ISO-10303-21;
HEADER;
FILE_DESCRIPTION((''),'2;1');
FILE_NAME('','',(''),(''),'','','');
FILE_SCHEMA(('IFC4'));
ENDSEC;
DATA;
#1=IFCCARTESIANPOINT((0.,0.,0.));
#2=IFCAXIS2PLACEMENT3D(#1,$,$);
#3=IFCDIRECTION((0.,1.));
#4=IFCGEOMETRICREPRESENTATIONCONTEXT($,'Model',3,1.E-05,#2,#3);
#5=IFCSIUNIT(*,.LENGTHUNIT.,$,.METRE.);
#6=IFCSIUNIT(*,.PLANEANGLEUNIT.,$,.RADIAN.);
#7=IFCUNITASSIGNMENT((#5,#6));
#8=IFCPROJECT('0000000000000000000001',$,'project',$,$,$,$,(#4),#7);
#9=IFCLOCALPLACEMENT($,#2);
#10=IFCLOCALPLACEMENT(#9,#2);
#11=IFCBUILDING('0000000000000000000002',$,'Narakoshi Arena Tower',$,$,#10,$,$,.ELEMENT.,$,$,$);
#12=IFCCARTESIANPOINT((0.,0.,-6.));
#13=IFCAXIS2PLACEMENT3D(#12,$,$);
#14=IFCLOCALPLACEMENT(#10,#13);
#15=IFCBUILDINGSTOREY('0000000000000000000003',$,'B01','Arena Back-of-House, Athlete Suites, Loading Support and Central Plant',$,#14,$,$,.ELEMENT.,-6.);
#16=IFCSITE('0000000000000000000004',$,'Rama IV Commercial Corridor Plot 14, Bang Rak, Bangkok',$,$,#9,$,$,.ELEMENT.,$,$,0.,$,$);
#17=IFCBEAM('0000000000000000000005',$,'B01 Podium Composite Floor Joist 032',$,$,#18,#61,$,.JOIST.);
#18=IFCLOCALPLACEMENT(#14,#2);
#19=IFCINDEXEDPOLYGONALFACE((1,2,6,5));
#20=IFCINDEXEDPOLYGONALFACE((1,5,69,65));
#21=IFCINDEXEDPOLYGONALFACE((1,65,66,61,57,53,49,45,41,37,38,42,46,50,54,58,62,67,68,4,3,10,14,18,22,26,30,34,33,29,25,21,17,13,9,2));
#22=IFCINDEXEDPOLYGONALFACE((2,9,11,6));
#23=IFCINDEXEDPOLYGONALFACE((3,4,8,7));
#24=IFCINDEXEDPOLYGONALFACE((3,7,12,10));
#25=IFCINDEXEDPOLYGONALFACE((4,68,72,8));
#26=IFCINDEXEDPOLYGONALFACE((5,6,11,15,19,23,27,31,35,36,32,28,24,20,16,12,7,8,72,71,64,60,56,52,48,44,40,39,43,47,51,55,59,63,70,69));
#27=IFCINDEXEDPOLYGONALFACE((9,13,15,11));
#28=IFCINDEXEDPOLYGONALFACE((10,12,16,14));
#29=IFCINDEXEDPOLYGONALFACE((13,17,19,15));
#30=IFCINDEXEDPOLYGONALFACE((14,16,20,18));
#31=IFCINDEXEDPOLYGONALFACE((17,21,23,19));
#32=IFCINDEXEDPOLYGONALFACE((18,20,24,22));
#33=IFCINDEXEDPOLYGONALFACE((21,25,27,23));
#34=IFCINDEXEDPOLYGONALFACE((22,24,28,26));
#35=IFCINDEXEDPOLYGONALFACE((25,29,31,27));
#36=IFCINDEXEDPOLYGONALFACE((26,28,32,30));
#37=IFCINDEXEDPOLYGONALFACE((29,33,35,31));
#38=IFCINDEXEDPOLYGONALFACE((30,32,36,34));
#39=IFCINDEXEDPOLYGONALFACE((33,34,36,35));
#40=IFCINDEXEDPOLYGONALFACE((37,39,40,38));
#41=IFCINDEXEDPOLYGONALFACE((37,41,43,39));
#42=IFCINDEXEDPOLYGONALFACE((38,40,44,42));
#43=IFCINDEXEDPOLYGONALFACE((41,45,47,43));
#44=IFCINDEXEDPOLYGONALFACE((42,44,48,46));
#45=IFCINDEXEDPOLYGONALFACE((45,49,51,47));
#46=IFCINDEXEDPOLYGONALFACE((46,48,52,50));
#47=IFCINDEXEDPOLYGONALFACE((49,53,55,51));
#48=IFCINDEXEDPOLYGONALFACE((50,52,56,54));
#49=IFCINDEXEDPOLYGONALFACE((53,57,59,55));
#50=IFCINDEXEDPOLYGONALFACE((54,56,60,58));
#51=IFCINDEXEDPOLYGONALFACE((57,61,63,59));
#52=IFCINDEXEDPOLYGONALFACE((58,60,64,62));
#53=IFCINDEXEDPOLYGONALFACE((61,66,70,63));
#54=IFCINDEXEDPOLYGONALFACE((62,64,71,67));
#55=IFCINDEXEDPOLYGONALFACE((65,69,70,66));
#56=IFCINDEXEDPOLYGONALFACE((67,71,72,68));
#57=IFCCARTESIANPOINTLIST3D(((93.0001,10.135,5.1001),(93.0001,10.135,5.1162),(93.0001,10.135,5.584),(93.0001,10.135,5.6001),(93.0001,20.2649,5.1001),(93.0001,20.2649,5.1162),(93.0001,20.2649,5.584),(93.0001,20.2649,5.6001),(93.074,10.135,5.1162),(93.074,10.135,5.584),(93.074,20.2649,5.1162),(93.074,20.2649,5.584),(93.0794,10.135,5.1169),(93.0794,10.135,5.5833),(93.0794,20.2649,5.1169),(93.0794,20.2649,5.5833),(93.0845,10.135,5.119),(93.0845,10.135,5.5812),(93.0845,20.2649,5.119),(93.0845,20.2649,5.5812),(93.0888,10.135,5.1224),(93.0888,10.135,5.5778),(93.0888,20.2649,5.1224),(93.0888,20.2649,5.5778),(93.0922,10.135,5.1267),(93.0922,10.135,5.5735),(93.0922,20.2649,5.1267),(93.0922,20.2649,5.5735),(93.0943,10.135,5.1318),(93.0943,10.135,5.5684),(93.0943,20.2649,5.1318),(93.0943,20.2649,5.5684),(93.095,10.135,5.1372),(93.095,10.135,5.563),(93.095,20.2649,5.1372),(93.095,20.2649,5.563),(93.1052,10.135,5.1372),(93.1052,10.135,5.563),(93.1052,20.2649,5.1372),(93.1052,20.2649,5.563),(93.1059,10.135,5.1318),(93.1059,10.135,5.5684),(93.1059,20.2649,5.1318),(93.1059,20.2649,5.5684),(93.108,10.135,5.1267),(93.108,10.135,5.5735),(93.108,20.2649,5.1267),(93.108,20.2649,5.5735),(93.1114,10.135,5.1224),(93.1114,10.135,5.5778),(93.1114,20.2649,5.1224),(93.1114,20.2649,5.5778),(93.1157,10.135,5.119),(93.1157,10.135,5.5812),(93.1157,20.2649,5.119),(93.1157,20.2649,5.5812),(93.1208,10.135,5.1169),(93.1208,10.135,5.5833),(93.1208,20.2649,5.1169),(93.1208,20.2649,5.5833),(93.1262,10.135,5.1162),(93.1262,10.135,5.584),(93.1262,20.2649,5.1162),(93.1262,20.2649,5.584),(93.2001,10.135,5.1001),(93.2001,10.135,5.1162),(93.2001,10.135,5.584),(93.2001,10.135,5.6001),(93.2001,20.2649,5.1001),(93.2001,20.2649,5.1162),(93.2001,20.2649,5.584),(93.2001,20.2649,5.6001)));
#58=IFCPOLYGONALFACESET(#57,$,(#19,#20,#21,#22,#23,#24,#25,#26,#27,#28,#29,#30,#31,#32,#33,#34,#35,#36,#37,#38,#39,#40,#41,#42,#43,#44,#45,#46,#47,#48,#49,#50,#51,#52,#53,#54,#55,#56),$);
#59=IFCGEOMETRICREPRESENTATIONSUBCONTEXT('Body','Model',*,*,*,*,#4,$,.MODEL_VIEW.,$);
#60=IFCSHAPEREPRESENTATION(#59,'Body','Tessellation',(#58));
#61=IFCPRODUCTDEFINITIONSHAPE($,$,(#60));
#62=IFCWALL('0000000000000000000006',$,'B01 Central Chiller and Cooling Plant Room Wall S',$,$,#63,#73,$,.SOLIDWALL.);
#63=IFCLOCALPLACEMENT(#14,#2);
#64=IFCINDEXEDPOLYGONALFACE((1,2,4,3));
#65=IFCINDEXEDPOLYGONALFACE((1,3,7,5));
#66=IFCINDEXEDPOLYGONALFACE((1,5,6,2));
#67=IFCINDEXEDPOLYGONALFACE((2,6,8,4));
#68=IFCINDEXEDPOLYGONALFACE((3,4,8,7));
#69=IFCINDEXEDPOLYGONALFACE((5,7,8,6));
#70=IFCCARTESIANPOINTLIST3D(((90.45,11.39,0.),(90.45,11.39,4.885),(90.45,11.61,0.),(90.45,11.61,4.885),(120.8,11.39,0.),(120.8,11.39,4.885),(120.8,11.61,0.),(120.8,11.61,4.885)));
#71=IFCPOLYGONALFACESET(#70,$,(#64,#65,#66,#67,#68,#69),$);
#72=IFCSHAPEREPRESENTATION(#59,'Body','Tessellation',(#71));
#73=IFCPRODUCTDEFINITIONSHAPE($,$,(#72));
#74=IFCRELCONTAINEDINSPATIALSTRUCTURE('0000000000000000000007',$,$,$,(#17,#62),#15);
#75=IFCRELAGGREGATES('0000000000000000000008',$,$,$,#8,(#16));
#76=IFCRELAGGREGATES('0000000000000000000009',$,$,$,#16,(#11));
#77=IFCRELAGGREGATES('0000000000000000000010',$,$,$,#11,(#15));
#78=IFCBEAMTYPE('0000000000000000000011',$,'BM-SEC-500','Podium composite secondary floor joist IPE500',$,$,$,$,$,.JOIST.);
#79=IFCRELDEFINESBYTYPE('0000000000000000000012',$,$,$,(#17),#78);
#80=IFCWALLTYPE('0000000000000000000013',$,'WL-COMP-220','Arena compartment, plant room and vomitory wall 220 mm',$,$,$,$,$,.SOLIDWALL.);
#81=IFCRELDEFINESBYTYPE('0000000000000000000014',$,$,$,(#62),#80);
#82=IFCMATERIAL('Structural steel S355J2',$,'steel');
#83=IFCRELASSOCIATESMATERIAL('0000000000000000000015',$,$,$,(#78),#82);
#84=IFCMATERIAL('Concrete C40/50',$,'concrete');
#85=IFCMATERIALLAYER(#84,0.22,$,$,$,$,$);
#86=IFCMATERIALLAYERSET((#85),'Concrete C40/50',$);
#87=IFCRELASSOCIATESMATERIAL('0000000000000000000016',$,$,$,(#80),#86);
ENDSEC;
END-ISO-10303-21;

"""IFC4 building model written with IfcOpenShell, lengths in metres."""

from ifc_helpers import new_model, si_unit, direction, frame, frame_2d, origin, origin_2d, place, context, subcontext, project, spatial, rectangle, i_section, extrude, material, layer, layer_set, material_profile, profile_set, type_object, element, save


model = new_model("IFC4")

# Units and contexts
model_context = context("Model", 3, precision=1e-05, world=origin(), true_north=direction((0.0, 1.0)))
body_context = subcontext(model_context, "Body", "Model", "MODEL_VIEW")
ifc_project = project(units=[si_unit("LENGTHUNIT", "METRE"), si_unit("PLANEANGLEUNIT", "RADIAN")], contexts=[model_context])

# Site, building, storey
site_placement = place(None, origin())
site = spatial("IfcSite", under=ifc_project, at=site_placement, Name="Rama IV Commercial Corridor Plot 14, Bang Rak, Bangkok", CompositionType="ELEMENT", RefElevation=0.0)
building_placement = place(site_placement, origin())
building = spatial("IfcBuilding", under=site, at=building_placement, Name="Narakoshi Arena Tower", CompositionType="ELEMENT")
storey_placement = place(building_placement, frame((0.0, 0.0, -6.0)))
storey = spatial("IfcBuildingStorey", under=building, at=storey_placement, Name="B01", Description="Arena Back-of-House, Athlete Suites, Loading Support and Central Plant", CompositionType="ELEMENT", Elevation=-6.0)

# Shared definitions
ifc_material_1 = material(Name="Concrete C40/50", Category="concrete")

# Beam
ifc_material_2 = material(Name="Structural steel S355J2", Category="steel")
ifc_material_profile_1 = material_profile(ifc_material_2, i_section(OverallWidth=0.2, OverallDepth=0.5, WebThickness=0.0103, FlangeThickness=0.0161, FilletRadius=0.021, at=origin_2d()), Name="IPE500")
ifc_profile_set_1 = profile_set([ifc_material_profile_1], Name="Structural steel S355J2")
beam_type_1 = type_object("IfcBeamType", Name="BM-SEC-500", Description="Podium composite secondary floor joist IPE500", PredefinedType="JOIST", material=ifc_profile_set_1)
beam_1_placement = place(storey_placement, frame((93.1001, 10.135, 5.3501), z_axis=(0.0, 1.0, 0.0), x_axis=(-1.0, 0.0, 0.0)))
element("IfcBeam", 1, at=beam_1_placement, inside=storey, type_object=beam_type_1, Name="B01 Podium Composite Floor Joist 032", PredefinedType="JOIST", context=body_context, shape_type="SweptSolid", body=[
    extrude(i_section(OverallWidth=0.2, OverallDepth=0.5, WebThickness=0.0103, FlangeThickness=0.0161, FilletRadius=0.021, at=origin_2d()), origin(), (0.0, 0.0, 1.0), 10.1299),
])

# Wall
ifc_layer_1 = layer(ifc_material_1, 0.22)
ifc_layer_set_1 = layer_set([ifc_layer_1], Name="Concrete C40/50")
wall_type = type_object("IfcWallType", Name="WL-COMP-220", Description="Arena compartment, plant room and vomitory wall 220 mm", PredefinedType="SOLIDWALL", material=ifc_layer_set_1)
wall_placement = place(storey_placement, frame((90.45, 11.5, 0.0), z_axis=(0.0, 0.0, 1.0), x_axis=(1.0, 0.0, 0.0)))
element("IfcWall", 2, at=wall_placement, inside=storey, type_object=wall_type, Name="B01 Central Chiller and Cooling Plant Room Wall S", PredefinedType="SOLIDWALL", context=body_context, shape_type="SweptSolid", body=[
    extrude(rectangle(XDim=30.3501, YDim=0.22, at=frame_2d((15.175, 0.0))), origin(), (0.0, 0.0, 1.0), 4.885),
])

save(model, "model.ifc")
